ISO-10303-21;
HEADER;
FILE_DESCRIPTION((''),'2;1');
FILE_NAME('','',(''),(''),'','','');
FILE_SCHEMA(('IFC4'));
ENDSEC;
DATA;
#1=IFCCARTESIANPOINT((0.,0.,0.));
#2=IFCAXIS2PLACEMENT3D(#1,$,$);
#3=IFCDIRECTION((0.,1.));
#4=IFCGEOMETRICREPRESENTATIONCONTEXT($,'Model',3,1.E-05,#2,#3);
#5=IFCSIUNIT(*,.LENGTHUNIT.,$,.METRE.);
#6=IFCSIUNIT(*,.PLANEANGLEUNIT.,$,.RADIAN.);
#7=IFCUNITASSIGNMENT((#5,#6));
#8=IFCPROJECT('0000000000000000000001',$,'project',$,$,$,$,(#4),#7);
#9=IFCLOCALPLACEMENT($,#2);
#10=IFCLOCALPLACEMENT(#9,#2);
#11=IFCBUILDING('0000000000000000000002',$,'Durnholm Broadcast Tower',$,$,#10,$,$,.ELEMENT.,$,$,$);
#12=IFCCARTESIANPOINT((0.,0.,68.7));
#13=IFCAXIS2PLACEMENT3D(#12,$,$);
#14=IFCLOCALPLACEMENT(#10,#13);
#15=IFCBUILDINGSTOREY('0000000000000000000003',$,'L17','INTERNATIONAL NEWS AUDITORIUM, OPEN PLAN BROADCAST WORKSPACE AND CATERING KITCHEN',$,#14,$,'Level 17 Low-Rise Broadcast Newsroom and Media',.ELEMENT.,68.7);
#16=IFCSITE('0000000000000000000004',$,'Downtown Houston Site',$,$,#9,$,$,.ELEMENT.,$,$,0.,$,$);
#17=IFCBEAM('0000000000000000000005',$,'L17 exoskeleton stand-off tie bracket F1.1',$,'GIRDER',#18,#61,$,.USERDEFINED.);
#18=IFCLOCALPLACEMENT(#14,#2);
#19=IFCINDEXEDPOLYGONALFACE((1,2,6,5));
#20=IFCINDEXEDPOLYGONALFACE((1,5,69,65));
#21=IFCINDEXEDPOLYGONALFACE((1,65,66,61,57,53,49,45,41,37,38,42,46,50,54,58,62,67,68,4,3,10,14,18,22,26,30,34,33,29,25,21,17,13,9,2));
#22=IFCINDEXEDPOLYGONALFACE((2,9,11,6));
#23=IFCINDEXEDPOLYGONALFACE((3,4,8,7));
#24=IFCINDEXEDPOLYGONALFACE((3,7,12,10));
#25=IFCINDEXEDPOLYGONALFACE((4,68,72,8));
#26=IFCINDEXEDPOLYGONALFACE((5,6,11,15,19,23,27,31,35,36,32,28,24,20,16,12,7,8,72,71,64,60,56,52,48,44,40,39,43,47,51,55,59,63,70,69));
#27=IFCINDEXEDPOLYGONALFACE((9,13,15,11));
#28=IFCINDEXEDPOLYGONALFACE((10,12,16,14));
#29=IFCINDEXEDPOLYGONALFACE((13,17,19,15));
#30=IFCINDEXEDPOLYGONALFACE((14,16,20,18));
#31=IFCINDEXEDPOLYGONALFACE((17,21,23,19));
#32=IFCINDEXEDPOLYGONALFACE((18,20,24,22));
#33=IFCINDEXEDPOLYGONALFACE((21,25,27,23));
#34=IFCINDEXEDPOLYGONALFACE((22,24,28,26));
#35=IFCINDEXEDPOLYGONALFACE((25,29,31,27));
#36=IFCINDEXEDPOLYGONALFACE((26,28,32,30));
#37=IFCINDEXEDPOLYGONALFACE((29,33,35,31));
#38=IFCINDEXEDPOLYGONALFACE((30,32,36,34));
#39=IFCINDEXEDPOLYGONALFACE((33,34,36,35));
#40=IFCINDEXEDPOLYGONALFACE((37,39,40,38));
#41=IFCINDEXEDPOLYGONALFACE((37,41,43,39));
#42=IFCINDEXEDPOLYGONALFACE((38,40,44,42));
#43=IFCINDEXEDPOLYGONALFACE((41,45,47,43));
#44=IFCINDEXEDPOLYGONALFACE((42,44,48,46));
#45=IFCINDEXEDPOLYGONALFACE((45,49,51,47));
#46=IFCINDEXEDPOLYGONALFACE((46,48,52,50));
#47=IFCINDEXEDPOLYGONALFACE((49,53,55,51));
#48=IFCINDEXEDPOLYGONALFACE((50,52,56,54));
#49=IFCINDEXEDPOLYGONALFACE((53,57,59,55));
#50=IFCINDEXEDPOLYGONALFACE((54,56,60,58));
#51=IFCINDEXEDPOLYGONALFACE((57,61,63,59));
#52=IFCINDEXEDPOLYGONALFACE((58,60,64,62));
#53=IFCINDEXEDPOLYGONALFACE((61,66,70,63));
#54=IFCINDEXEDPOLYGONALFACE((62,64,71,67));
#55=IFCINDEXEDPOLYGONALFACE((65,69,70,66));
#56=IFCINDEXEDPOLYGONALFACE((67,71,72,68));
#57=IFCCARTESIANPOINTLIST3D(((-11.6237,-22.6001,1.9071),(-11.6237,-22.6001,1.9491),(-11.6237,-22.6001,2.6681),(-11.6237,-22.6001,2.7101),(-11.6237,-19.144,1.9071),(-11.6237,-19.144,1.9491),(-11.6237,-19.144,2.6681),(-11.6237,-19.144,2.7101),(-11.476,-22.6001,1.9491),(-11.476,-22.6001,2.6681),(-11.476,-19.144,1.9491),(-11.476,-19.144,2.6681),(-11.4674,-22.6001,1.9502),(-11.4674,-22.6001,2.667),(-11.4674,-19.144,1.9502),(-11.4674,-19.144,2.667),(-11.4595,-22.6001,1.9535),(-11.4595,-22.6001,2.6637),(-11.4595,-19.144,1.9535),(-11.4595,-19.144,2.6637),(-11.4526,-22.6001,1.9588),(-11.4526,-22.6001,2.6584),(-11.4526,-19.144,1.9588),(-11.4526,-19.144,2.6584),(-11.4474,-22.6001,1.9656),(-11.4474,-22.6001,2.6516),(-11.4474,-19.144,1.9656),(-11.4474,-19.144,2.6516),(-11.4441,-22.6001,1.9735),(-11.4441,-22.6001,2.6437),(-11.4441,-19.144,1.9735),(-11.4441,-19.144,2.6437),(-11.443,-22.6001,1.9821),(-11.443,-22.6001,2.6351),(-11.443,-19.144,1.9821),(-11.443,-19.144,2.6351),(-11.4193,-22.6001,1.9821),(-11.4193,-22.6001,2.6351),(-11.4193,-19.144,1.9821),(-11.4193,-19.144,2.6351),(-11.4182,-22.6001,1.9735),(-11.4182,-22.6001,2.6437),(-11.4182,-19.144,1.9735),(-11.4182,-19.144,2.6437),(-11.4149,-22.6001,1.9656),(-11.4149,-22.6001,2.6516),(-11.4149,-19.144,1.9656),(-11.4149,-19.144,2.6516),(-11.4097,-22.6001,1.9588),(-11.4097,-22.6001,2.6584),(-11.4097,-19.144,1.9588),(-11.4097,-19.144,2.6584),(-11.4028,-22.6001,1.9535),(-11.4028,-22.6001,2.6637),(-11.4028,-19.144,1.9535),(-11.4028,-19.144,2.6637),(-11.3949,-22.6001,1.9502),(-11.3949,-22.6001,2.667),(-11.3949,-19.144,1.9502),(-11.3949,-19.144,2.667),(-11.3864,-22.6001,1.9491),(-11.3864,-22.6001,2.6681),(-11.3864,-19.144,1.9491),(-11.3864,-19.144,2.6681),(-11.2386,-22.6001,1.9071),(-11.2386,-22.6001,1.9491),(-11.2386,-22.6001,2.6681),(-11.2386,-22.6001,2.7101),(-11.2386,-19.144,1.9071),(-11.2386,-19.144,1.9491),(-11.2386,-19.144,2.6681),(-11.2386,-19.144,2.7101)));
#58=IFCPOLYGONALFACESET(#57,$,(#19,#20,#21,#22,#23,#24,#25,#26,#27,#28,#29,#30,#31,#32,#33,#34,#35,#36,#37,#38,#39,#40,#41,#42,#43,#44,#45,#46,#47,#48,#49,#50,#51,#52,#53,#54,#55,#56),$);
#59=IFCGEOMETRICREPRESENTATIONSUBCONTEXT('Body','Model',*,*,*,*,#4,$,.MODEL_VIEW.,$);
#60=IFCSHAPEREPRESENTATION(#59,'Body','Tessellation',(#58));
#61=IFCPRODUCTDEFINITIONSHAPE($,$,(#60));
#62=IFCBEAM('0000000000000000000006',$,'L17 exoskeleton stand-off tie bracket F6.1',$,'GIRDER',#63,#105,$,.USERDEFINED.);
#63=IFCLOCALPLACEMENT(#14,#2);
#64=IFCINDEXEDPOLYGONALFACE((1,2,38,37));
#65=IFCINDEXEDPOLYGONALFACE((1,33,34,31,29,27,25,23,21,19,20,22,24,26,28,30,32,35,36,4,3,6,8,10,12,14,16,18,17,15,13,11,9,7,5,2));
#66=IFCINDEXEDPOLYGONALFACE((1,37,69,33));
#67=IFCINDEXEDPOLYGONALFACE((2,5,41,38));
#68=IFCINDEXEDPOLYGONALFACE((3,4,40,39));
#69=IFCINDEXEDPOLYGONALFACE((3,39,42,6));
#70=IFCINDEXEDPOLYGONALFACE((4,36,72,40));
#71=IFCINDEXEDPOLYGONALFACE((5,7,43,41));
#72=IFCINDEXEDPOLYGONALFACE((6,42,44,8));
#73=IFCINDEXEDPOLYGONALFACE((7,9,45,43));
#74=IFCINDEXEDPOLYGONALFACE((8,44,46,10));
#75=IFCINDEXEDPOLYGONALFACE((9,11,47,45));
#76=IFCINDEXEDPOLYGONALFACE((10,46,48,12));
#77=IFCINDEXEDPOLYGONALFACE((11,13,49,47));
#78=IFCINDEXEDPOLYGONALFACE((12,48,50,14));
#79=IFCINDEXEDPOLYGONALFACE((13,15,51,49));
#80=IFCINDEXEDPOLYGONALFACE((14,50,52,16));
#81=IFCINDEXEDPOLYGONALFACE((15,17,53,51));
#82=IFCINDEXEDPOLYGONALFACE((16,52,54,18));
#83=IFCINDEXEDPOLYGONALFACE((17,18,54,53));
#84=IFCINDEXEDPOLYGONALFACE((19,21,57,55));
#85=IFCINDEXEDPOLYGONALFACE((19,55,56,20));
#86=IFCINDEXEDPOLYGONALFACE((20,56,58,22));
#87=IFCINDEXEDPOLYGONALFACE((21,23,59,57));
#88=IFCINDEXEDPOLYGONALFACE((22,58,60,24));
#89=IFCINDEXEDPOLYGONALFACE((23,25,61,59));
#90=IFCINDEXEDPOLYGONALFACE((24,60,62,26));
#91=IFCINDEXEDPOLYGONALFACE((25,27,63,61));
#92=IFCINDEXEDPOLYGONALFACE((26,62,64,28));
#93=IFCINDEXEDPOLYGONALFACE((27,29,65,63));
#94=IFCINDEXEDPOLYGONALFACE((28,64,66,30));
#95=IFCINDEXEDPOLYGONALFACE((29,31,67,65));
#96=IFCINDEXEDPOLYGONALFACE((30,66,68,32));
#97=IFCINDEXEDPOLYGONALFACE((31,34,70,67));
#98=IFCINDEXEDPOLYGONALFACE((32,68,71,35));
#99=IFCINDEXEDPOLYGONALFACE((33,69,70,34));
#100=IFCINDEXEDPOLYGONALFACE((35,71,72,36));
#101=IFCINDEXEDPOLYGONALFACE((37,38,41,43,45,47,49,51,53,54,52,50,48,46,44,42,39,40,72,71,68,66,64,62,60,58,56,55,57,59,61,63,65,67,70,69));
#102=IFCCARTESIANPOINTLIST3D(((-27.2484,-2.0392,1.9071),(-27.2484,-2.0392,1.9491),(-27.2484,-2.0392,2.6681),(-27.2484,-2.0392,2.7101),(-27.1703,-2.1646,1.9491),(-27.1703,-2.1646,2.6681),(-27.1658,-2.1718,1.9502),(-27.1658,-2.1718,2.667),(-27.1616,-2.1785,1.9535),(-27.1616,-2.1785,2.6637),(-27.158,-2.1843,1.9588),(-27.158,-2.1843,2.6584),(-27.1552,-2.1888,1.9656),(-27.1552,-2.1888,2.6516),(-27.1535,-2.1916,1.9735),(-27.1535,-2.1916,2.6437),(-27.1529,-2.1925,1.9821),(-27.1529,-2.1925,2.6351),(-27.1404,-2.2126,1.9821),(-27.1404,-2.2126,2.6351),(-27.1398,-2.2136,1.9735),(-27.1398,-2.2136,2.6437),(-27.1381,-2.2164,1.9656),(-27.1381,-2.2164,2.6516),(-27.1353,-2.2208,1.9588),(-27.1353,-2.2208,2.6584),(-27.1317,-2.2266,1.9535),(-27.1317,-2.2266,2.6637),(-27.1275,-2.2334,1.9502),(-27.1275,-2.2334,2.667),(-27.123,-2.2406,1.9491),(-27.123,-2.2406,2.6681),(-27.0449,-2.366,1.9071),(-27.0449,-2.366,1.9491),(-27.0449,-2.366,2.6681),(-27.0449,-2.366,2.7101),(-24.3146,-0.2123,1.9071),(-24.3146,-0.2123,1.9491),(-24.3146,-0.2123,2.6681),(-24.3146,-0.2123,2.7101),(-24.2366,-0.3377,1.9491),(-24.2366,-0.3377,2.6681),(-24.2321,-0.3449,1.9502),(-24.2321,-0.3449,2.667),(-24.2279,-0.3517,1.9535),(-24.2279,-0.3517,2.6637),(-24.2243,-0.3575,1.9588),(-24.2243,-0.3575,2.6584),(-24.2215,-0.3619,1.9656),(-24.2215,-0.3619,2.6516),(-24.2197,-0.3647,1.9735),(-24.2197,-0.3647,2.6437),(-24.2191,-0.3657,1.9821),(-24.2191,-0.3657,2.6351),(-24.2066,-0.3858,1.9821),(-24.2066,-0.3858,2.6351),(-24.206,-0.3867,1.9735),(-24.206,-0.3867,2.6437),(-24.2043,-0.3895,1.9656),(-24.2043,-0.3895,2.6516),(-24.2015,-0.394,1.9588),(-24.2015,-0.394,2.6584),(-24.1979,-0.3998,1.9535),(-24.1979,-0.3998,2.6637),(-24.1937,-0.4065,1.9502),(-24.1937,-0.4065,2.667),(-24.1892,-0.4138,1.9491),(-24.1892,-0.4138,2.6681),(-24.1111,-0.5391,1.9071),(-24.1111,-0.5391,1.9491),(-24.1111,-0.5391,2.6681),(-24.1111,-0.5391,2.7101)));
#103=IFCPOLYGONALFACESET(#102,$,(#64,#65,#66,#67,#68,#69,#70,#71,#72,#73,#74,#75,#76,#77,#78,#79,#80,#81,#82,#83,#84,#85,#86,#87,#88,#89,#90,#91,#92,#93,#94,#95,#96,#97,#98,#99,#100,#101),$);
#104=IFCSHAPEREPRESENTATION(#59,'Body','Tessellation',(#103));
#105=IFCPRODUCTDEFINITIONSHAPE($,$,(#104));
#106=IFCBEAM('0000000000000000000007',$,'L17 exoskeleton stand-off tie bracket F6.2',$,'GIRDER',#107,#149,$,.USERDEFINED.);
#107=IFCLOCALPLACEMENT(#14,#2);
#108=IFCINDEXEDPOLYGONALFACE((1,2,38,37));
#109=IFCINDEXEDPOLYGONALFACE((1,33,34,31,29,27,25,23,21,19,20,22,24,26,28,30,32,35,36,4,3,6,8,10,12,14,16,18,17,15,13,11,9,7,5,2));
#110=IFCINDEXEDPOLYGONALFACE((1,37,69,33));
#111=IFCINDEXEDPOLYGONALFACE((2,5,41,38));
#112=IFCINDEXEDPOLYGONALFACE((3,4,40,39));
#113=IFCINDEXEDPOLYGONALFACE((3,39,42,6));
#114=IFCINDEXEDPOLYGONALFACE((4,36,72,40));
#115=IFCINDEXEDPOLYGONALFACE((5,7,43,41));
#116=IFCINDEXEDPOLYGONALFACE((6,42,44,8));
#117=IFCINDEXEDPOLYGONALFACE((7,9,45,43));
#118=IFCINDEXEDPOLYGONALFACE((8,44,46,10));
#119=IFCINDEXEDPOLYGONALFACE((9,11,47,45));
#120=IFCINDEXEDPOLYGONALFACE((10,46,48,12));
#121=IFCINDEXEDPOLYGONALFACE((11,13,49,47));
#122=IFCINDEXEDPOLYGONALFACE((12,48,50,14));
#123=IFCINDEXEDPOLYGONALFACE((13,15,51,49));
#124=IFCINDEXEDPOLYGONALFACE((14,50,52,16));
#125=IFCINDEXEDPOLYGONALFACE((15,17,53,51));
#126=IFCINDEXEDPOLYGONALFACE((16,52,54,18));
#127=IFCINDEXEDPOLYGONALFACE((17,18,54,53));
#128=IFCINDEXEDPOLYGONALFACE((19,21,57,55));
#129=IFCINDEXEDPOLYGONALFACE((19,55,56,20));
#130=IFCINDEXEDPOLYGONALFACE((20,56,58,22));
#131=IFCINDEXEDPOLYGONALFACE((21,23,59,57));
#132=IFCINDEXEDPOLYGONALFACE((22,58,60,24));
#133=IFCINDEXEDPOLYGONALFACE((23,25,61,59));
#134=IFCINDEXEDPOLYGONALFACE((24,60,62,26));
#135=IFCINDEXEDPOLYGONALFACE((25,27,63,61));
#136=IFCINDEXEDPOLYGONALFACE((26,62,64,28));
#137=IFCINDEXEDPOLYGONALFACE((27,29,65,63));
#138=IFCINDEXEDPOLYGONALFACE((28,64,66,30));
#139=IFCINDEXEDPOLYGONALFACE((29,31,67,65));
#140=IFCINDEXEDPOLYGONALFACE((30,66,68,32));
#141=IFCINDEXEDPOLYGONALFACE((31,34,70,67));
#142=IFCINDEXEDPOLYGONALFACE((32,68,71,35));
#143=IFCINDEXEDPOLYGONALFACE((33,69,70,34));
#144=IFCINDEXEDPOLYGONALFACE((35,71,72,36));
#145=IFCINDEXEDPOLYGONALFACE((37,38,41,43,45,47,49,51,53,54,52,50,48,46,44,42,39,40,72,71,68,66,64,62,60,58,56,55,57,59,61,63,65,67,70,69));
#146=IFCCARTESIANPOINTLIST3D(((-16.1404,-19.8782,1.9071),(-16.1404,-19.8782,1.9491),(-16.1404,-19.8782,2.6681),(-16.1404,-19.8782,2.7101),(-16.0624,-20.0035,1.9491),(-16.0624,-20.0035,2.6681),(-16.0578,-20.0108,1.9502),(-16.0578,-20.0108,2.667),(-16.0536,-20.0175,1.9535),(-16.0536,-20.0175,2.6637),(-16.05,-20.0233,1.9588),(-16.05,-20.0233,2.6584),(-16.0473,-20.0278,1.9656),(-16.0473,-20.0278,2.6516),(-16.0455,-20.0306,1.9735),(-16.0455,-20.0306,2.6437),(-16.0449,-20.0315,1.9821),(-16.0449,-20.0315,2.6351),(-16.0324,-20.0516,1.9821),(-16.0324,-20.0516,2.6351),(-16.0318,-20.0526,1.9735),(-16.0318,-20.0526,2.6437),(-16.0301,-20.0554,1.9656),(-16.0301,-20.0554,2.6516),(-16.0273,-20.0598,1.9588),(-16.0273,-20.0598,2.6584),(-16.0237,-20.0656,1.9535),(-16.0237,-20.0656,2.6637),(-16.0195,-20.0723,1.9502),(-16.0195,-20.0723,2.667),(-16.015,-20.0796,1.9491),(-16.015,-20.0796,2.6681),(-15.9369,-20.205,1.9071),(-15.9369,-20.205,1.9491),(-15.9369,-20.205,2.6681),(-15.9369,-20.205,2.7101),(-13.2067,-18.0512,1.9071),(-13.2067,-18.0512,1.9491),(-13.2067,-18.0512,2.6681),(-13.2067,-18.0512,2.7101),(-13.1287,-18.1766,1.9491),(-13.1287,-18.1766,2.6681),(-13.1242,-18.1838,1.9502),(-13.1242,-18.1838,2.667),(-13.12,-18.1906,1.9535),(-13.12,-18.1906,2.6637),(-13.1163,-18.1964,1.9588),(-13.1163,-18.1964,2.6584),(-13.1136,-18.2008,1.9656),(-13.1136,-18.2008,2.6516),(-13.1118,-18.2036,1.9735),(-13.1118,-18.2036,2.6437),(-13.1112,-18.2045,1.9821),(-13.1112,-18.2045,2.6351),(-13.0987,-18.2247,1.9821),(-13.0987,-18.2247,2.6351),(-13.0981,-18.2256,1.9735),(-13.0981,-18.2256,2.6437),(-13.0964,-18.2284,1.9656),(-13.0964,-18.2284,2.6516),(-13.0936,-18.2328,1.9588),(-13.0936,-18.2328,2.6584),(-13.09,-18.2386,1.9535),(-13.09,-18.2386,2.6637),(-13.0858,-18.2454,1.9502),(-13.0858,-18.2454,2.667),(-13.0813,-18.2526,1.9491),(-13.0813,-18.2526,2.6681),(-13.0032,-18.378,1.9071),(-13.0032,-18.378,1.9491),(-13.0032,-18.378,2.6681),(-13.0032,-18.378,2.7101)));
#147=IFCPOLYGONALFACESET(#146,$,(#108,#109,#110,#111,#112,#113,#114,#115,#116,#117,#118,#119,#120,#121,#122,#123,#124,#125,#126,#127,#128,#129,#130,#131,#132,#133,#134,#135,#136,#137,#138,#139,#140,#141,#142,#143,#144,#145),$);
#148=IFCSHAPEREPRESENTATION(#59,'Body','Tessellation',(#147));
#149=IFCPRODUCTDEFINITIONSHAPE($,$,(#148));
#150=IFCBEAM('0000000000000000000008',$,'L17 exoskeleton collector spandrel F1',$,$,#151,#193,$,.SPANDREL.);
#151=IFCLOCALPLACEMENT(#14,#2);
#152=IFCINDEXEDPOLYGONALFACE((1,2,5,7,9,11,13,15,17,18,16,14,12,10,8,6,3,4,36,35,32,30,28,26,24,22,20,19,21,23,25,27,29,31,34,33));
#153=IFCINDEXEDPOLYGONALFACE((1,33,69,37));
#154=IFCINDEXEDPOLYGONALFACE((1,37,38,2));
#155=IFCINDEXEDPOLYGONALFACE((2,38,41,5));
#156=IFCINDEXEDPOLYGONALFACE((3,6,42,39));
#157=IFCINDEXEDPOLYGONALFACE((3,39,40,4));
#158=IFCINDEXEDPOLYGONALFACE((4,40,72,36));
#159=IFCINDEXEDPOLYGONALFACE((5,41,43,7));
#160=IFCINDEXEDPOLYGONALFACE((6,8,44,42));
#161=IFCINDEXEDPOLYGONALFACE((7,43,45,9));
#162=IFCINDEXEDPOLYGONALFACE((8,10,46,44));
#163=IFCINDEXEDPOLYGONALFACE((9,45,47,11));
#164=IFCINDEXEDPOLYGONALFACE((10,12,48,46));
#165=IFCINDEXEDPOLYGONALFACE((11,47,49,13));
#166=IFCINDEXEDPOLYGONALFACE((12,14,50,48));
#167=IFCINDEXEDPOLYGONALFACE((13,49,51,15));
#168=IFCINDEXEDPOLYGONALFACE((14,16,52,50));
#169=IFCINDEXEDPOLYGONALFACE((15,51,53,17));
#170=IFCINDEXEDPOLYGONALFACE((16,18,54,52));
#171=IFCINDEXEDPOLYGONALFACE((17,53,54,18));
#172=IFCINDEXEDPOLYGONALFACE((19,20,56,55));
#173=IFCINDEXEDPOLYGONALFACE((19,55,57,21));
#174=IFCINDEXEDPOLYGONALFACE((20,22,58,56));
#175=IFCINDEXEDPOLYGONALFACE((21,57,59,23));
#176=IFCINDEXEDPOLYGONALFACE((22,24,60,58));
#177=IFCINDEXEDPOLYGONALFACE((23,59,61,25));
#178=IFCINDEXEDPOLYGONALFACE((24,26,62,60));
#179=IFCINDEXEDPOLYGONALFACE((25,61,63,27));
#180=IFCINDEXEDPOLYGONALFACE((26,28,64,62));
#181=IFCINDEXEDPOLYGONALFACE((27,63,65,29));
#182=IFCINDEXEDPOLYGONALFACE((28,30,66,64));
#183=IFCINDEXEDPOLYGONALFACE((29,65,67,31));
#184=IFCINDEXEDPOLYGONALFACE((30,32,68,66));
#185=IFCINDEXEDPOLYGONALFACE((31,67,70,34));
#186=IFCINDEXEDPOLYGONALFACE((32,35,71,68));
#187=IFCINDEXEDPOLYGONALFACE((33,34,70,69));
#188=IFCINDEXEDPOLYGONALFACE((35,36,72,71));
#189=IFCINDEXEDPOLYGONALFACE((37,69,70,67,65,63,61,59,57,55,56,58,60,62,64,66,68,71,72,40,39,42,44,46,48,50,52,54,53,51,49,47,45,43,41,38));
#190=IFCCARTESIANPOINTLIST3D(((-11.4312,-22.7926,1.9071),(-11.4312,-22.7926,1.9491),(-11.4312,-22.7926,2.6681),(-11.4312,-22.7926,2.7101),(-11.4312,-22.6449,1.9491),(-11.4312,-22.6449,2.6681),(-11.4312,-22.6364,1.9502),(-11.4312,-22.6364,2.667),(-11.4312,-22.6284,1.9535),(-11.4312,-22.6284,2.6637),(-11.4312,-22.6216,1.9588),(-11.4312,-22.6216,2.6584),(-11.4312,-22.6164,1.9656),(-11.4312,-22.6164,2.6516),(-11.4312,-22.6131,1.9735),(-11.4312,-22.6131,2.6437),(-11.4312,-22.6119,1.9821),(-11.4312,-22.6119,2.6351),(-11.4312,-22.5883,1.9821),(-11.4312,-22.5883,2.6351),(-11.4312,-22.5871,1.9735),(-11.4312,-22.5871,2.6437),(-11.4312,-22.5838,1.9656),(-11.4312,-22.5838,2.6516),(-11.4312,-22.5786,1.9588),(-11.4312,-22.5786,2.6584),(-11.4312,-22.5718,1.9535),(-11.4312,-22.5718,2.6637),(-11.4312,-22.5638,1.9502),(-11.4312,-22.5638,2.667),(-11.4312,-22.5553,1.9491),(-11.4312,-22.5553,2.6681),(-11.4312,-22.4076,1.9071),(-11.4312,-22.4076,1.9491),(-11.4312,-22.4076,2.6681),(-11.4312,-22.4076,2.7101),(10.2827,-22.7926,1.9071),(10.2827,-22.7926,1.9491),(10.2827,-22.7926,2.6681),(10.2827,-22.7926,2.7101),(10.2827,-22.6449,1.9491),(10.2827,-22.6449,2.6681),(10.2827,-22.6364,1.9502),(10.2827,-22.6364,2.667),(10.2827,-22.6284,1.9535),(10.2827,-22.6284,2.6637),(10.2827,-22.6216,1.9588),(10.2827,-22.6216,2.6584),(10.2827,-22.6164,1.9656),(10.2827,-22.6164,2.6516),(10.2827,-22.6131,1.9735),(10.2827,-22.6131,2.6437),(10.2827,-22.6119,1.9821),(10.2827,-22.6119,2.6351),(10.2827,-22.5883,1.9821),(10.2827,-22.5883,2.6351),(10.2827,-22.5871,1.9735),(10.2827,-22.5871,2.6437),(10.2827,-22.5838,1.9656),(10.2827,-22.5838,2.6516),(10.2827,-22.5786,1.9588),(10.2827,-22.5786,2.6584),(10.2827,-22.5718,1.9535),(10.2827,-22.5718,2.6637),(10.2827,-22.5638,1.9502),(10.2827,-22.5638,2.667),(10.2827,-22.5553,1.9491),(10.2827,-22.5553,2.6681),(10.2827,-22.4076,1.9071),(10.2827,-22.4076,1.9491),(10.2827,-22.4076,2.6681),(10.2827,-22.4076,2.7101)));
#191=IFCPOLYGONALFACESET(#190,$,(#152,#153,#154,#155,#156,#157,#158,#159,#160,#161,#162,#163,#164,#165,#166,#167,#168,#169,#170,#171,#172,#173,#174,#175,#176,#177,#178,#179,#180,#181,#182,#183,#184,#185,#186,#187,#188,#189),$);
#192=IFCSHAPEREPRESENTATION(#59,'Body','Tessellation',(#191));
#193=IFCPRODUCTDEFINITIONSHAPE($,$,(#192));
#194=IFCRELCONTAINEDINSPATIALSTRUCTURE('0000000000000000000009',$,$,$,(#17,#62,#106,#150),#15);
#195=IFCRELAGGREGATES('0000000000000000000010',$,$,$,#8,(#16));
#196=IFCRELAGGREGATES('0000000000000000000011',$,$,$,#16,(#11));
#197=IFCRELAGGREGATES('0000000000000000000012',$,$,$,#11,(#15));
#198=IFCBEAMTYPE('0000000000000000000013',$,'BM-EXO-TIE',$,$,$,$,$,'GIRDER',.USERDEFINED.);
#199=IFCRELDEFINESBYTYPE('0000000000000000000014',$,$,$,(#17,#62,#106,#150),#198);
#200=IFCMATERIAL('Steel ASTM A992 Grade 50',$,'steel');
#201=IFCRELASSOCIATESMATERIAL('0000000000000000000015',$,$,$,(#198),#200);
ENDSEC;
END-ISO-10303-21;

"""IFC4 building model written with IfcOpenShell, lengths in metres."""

from ifc_helpers import new_model, si_unit, direction, frame, origin, origin_2d, place, context, subcontext, project, spatial, i_section, extrude, source, transform, mapped, material, material_profile, profile_set, type_object, element, save


model = new_model("IFC4")

# Units and contexts
model_context = context("Model", 3, precision=1e-05, world=origin(), true_north=direction((0.0, 1.0)))
body_context = subcontext(model_context, "Body", "Model", "MODEL_VIEW")
ifc_project = project(units=[si_unit("LENGTHUNIT", "METRE"), si_unit("PLANEANGLEUNIT", "RADIAN")], contexts=[model_context])

# Site, building, storey
site_placement = place(None, origin())
site = spatial("IfcSite", under=ifc_project, at=site_placement, Name="Downtown Houston Site", CompositionType="ELEMENT", RefElevation=0.0)
building_placement = place(site_placement, origin())
building = spatial("IfcBuilding", under=site, at=building_placement, Name="Durnholm Broadcast Tower", CompositionType="ELEMENT")
storey_placement = place(building_placement, frame((0.0, 0.0, 68.7)))
storey = spatial("IfcBuildingStorey", under=building, at=storey_placement, Name="L17", Description="INTERNATIONAL NEWS AUDITORIUM, OPEN PLAN BROADCAST WORKSPACE AND CATERING KITCHEN", LongName="Level 17 Low-Rise Broadcast Newsroom and Media", CompositionType="ELEMENT", Elevation=68.7)

# Beams
ifc_material_1 = material(Name="Steel ASTM A992 Grade 50", Category="steel")
ifc_material_profile_1 = material_profile(ifc_material_1, i_section(OverallWidth=0.385, OverallDepth=0.803, WebThickness=0.0237, FlangeThickness=0.042, FilletRadius=0.033, at=origin_2d()), Name="W30X261")
ifc_profile_set_1 = profile_set([ifc_material_profile_1], Name="Steel ASTM A992 Grade 50")
beam_type_1 = type_object("IfcBeamType", Name="BM-EXO-TIE", ElementType="GIRDER", PredefinedType="USERDEFINED", material=ifc_profile_set_1)
shared_shape_1 = source(origin(), body_context, "Body", "SweptSolid", [
    extrude(i_section(OverallWidth=0.385, OverallDepth=0.803, WebThickness=0.0237, FlangeThickness=0.042, FilletRadius=0.033, at=origin_2d()), origin(), (0.0, 0.0, 1.0), 3.4561),
])
for number, where, z_axis, x_axis, name in (
    (1, (-11.4312, -19.144, 2.3086), (0.0, -1.0, 0.0), (1.0, 0.0, 0.0), "L17 exoskeleton stand-off tie bracket F1.1"),
    (2, (-24.2129, -0.3757, 2.3086), (-0.848874, -0.528595, 0.0), (0.528595, -0.848874, 0.0), "L17 exoskeleton stand-off tie bracket F6.1"),
    (3, (-13.105, -18.2146, 2.3086), (-0.848854, -0.528627, 0.0), (0.528627, -0.848854, 0.0), "L17 exoskeleton stand-off tie bracket F6.2"),
):
    element("IfcBeam", number, at=place(storey_placement, frame(where, z_axis=z_axis, x_axis=x_axis)), inside=storey, type_object=beam_type_1, Name=name, ObjectType="GIRDER", PredefinedType="USERDEFINED", context=body_context, shape_type="MappedRepresentation", body=[
        mapped(shared_shape_1, transform((0.0, 0.0, 0.0), x_axis=(1.0, 0.0, 0.0), y_axis=(0.0, 1.0, 0.0), z_axis=(0.0, 0.0, 1.0), scale=1.0)),
    ])
shared_shape_2 = source(origin(), body_context, "Body", "SweptSolid", [
    extrude(i_section(OverallWidth=0.385, OverallDepth=0.803, WebThickness=0.0237, FlangeThickness=0.042, FilletRadius=0.033, at=origin_2d()), origin(), (0.0, 0.0, 1.0), 21.7139),
])
beam_1_placement = place(storey_placement, frame((-11.4312, -22.6001, 2.3086), z_axis=(1.0, 0.0, 0.0), x_axis=(0.0, 1.0, 0.0)))
element("IfcBeam", 4, at=beam_1_placement, inside=storey, type_object=beam_type_1, Name="L17 exoskeleton collector spandrel F1", PredefinedType="SPANDREL", context=body_context, shape_type="MappedRepresentation", body=[
    mapped(shared_shape_2, transform((0.0, 0.0, 0.0), x_axis=(1.0, 0.0, 0.0), y_axis=(0.0, 1.0, 0.0), z_axis=(0.0, 0.0, 1.0), scale=1.0)),
])

save(model, "model.ifc")
